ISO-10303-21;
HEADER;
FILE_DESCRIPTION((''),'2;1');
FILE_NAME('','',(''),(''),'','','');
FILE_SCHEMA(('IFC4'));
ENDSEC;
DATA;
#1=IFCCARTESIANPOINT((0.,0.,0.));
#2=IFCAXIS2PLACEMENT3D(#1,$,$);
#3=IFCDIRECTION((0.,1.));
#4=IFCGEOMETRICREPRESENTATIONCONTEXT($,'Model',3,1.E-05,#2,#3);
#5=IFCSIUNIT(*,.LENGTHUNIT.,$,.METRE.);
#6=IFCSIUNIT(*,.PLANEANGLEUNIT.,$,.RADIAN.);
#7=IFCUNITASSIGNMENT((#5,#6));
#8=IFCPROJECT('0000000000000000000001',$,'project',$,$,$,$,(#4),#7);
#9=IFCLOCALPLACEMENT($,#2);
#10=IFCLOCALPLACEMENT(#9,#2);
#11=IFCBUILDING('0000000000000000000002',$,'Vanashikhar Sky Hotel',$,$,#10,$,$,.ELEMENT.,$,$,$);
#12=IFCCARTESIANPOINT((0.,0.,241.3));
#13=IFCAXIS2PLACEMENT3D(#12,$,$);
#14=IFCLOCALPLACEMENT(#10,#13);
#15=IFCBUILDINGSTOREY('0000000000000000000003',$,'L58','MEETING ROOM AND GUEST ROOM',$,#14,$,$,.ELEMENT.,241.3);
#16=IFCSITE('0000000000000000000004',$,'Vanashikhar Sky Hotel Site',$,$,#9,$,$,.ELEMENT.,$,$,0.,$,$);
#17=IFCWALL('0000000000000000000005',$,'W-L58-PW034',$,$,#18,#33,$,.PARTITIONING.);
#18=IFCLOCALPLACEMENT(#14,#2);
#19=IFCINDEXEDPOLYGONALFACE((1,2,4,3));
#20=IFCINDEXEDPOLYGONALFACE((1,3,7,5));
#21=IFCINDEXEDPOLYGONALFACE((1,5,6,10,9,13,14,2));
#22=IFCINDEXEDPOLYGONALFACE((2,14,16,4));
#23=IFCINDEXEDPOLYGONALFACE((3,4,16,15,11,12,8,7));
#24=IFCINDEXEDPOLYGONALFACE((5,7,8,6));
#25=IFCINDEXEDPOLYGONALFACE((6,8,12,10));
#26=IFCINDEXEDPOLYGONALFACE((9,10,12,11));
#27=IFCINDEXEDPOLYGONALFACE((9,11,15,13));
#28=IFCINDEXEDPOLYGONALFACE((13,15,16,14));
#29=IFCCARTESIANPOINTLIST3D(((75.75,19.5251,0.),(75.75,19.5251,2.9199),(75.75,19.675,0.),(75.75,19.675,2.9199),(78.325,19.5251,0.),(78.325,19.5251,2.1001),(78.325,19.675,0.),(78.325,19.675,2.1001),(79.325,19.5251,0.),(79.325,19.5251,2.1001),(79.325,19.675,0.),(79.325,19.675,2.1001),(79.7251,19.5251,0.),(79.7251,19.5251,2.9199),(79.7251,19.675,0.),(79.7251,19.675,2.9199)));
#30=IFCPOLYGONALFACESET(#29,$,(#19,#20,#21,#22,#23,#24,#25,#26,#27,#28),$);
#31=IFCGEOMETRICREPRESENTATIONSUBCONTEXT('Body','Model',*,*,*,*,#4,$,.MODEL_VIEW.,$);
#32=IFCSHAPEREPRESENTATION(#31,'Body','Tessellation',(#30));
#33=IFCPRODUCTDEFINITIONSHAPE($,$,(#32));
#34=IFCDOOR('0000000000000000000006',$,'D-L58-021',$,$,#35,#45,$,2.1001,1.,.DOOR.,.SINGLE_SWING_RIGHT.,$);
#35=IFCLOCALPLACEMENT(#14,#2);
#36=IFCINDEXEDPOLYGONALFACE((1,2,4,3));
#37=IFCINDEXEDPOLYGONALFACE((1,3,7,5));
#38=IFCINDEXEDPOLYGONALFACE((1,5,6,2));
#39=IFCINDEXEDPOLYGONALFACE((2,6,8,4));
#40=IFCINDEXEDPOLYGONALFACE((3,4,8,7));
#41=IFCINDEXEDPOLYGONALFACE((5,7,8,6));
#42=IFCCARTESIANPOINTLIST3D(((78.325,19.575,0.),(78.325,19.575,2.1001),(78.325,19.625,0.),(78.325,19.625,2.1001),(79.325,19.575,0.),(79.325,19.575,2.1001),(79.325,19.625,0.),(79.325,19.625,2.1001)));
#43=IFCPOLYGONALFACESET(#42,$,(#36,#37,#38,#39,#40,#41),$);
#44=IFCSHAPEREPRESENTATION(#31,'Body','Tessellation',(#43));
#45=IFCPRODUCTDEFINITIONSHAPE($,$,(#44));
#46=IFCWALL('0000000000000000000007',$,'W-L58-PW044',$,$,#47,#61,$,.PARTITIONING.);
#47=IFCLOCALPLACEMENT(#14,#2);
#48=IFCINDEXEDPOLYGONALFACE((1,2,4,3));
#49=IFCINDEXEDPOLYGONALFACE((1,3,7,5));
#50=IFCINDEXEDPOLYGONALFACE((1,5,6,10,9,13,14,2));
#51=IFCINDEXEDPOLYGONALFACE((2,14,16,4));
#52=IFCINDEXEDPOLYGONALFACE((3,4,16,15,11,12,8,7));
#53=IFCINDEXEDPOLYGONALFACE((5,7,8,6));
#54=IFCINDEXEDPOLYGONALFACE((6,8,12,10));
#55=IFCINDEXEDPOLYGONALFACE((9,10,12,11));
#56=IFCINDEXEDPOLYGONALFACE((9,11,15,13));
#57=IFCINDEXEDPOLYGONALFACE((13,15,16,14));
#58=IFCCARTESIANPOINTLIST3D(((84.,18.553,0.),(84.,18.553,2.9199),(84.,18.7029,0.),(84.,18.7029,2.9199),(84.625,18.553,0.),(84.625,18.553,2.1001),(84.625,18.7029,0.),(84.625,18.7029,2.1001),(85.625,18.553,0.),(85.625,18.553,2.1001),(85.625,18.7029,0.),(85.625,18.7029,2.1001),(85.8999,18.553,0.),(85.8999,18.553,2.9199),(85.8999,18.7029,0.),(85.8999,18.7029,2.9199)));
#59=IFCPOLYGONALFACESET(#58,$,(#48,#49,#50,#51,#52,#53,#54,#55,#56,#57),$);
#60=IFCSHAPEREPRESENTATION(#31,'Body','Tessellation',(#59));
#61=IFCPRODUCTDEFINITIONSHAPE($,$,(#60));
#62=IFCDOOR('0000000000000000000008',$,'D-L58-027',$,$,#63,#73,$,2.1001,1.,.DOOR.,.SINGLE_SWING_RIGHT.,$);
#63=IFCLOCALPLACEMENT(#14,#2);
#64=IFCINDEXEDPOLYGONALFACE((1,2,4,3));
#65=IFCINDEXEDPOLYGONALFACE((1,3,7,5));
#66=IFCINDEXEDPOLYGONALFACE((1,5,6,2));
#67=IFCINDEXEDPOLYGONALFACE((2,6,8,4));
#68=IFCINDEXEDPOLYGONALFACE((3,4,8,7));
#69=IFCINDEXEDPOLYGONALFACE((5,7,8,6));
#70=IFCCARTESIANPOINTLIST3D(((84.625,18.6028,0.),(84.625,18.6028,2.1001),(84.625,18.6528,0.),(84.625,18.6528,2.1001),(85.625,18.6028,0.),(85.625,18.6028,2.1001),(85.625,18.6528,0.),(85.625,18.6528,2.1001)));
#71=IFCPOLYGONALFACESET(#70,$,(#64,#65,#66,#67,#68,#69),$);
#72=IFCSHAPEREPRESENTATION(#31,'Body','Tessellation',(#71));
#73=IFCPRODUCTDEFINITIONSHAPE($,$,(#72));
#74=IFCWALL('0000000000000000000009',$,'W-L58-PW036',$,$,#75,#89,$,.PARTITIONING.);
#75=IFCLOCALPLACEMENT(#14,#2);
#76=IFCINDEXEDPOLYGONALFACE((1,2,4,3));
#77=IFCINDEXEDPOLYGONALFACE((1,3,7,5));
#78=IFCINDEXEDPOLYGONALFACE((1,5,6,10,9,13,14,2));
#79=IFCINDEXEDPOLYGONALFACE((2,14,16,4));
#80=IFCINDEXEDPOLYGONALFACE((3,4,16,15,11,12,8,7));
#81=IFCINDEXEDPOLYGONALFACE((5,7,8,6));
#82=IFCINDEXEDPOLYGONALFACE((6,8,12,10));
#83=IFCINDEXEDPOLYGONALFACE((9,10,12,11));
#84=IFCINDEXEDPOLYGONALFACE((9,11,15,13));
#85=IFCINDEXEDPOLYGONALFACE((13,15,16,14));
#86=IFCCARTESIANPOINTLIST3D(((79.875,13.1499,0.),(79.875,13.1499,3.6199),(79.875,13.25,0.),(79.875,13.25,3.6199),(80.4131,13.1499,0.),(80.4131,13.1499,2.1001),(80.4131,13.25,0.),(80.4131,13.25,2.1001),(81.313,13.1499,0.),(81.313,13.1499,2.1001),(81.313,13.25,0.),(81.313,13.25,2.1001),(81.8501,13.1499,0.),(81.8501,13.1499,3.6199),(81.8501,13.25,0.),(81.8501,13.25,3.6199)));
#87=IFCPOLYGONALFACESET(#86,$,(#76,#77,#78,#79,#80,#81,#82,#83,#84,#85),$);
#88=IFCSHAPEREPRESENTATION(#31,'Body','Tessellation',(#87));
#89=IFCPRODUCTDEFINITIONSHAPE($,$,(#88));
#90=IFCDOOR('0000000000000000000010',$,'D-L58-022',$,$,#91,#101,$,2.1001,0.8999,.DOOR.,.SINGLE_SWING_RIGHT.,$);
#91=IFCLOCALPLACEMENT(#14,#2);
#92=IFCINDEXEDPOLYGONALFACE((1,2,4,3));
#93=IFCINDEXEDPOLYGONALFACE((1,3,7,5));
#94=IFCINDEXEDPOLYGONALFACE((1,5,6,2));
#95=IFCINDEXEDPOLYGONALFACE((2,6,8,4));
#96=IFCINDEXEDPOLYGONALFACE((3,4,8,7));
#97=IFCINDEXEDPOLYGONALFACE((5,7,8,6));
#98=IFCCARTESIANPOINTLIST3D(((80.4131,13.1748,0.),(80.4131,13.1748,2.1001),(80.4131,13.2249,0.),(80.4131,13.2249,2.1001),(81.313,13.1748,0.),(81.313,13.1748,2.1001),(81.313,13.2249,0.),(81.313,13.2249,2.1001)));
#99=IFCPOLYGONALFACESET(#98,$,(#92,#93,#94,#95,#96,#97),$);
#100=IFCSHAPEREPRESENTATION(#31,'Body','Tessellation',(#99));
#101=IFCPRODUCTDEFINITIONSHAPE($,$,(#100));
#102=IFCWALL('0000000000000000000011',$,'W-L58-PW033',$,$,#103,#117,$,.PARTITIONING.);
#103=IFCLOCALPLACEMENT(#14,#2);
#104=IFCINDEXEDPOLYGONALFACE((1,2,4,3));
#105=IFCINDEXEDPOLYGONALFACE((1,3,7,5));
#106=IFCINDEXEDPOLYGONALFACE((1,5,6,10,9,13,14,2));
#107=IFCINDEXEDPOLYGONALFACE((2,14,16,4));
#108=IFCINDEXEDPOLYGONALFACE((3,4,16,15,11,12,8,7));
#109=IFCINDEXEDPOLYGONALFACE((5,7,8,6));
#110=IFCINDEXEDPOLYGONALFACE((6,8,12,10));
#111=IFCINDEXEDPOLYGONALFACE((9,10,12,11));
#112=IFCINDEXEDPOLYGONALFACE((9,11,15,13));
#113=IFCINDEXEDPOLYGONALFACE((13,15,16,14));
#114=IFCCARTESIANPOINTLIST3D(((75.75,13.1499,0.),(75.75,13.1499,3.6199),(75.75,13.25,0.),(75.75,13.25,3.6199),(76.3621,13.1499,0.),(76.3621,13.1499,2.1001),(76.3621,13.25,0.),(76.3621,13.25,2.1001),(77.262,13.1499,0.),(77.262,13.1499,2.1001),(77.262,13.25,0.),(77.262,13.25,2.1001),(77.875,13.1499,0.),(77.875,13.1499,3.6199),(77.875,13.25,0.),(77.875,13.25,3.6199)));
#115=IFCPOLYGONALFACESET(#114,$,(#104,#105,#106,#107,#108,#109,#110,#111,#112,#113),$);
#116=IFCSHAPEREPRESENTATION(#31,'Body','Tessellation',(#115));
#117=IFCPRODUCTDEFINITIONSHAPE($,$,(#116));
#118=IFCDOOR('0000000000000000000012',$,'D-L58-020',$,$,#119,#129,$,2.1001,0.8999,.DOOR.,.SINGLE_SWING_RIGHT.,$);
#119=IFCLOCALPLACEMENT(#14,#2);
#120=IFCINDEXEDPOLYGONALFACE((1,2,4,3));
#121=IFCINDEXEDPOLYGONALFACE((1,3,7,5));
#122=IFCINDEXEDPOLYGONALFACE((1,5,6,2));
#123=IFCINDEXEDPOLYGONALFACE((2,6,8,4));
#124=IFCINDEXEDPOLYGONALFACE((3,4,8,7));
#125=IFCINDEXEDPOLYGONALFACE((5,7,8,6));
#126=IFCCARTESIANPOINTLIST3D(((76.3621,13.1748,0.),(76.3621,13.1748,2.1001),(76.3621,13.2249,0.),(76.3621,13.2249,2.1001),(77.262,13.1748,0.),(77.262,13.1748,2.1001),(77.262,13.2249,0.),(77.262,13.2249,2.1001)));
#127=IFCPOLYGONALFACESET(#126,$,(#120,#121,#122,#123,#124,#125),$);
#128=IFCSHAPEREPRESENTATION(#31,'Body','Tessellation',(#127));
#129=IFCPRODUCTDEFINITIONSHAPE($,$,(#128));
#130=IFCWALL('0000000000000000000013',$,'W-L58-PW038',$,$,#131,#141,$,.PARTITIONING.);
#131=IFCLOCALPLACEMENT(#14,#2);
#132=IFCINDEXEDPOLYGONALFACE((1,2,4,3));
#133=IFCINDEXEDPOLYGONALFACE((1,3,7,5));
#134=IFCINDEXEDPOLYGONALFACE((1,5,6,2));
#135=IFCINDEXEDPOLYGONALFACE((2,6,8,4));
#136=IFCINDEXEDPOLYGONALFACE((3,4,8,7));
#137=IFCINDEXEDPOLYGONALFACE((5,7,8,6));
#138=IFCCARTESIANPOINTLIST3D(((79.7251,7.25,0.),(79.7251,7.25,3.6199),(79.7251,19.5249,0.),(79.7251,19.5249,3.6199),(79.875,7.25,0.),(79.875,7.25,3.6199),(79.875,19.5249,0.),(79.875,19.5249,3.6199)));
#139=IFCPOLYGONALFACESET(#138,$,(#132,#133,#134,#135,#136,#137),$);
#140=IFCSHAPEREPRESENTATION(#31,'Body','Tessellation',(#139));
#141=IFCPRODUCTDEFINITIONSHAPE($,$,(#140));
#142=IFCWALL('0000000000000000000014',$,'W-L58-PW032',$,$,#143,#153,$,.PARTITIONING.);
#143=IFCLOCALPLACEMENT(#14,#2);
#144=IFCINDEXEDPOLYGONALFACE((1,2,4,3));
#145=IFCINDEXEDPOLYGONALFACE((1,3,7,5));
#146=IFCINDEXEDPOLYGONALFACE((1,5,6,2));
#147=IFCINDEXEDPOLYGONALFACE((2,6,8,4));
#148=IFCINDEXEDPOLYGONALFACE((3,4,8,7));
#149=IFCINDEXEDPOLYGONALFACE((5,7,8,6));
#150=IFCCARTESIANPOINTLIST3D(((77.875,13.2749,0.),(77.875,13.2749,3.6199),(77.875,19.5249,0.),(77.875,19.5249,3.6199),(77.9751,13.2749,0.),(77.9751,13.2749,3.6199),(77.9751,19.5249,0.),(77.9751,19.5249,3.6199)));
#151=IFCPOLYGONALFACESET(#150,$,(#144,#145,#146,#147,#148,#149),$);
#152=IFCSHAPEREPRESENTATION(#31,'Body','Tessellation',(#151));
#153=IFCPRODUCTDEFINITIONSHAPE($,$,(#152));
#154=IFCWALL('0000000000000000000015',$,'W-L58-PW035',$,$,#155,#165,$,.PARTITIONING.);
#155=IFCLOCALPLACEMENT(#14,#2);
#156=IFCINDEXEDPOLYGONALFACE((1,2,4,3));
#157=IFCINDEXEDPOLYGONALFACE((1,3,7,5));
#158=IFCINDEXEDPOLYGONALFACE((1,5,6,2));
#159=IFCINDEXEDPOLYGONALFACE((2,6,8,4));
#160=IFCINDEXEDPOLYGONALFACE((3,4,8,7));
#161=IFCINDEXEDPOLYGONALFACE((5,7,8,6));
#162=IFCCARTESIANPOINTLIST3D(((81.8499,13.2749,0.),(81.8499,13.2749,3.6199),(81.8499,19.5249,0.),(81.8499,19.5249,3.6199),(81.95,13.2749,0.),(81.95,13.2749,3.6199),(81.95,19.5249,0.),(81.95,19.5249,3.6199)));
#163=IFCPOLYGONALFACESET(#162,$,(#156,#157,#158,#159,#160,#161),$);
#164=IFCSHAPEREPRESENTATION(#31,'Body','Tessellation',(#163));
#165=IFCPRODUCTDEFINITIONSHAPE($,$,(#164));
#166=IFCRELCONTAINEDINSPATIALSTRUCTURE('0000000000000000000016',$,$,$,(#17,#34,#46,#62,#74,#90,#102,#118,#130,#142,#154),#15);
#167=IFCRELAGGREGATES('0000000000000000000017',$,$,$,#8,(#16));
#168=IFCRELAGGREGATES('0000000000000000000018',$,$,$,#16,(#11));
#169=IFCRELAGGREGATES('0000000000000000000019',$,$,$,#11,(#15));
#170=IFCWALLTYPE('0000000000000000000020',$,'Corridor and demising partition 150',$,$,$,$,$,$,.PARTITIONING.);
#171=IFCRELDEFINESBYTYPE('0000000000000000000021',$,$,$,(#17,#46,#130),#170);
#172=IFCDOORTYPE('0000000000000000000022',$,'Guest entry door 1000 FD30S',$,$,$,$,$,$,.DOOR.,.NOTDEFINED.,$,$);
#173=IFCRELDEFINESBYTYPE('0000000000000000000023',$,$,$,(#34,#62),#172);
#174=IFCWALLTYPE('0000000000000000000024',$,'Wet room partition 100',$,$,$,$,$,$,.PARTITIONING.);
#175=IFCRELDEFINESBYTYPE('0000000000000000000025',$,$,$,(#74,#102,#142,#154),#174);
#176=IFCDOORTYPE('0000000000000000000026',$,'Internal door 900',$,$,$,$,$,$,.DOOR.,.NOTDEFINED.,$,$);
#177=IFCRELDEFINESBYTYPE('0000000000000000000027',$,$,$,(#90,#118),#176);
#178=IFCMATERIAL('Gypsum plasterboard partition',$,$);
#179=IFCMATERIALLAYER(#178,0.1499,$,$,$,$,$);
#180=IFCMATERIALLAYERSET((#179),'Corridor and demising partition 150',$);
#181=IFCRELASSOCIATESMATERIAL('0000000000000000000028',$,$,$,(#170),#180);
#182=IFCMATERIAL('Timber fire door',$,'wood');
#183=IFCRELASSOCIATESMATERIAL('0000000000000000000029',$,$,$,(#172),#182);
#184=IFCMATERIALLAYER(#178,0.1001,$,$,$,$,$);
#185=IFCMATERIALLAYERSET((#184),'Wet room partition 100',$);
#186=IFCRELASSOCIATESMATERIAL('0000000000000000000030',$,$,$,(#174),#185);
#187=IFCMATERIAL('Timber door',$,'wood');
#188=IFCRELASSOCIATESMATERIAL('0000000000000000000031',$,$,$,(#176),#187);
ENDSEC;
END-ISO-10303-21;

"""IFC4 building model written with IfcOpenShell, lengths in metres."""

from ifc_helpers import new_model, si_unit, direction, frame, frame_2d, origin, place, context, subcontext, project, spatial, rectangle, extrude, source, transform, mapped, material, layer, layer_set, type_object, element, fill, save


model = new_model("IFC4")

# Units and contexts
model_context = context("Model", 3, precision=1e-05, world=origin(), true_north=direction((0.0, 1.0)))
body_context = subcontext(model_context, "Body", "Model", "MODEL_VIEW")
ifc_project = project(units=[si_unit("LENGTHUNIT", "METRE"), si_unit("PLANEANGLEUNIT", "RADIAN")], contexts=[model_context])

# Site, building, storey
site_placement = place(None, origin())
site = spatial("IfcSite", under=ifc_project, at=site_placement, Name="Vanashikhar Sky Hotel Site", CompositionType="ELEMENT", RefElevation=0.0)
building_placement = place(site_placement, origin())
building = spatial("IfcBuilding", under=site, at=building_placement, Name="Vanashikhar Sky Hotel", CompositionType="ELEMENT")
storey_placement = place(building_placement, frame((0.0, 0.0, 241.3)))
storey = spatial("IfcBuildingStorey", under=building, at=storey_placement, Name="L58", Description="MEETING ROOM AND GUEST ROOM", CompositionType="ELEMENT", Elevation=241.3)

# Walls, openings, doors
ifc_material_1 = material(Name="Gypsum plasterboard partition")
ifc_layer_1 = layer(ifc_material_1, 0.1499)
ifc_layer_set_1 = layer_set([ifc_layer_1], Name="Corridor and demising partition 150")
wall_type_1 = type_object("IfcWallType", Name="Corridor and demising partition 150", PredefinedType="PARTITIONING", material=ifc_layer_set_1)
shared_shape_1 = source(origin(), body_context, "Body", "SweptSolid", [
    extrude(rectangle(XDim=3.9751, YDim=0.1499, at=frame_2d((1.9875, 0.0))), origin(), (0.0, 0.0, 1.0), 2.9199),
])
wall_1_placement = place(storey_placement, frame((75.75, 19.6001, 0.0), z_axis=(0.0, 0.0, 1.0), x_axis=(1.0, 0.0, 0.0)))
wall_1 = element("IfcWall", 1, at=wall_1_placement, inside=storey, type_object=wall_type_1, Name="W-L58-PW034", PredefinedType="PARTITIONING", context=body_context, shape_type="MappedRepresentation", body=[
    mapped(shared_shape_1, transform((0.0, 0.0, 0.0), scale=1.0)),
])
shared_shape_2 = source(origin(), body_context, "Body", "SweptSolid", [
    extrude(rectangle(XDim=1.0, YDim=2.1001, at=frame_2d((0.5, 1.05))), frame((0.0, 0.085, 0.0), z_axis=(0.0, -1.0, 0.0), x_axis=(1.0, 0.0, 0.0)), (0.0, 0.0, 1.0), 0.1699),
])
opening_1_placement = place(wall_1_placement, frame((2.575, 0.0, 0.0)))
opening_1 = element("IfcOpeningElement", 2, at=opening_1_placement, cuts=wall_1, PredefinedType="OPENING", context=body_context, shape_type="MappedRepresentation", body=[
    mapped(shared_shape_2, transform((0.0, 0.0, 0.0), scale=1.0)),
])
ifc_material_2 = material(Name="Timber fire door", Category="wood")
door_type_1 = type_object("IfcDoorType", Name="Guest entry door 1000 FD30S", OperationType="NOTDEFINED", PredefinedType="DOOR", material=ifc_material_2)
shared_shape_3 = source(origin(), body_context, "Body", "SweptSolid", [
    extrude(rectangle(XDim=1.0, YDim=2.1001, at=frame_2d((0.5, 1.05))), frame((0.0, 0.0249, 0.0), z_axis=(0.0, -1.0, 0.0), x_axis=(1.0, 0.0, 0.0)), (0.0, 0.0, 1.0), 0.05),
])
door_1_placement = place(opening_1_placement, origin())
door_1 = element("IfcDoor", 3, at=door_1_placement, inside=storey, type_object=door_type_1, Name="D-L58-021", OperationType="SINGLE_SWING_RIGHT", OverallHeight=2.1001, OverallWidth=1.0, PredefinedType="DOOR", context=body_context, shape_type="MappedRepresentation", body=[
    mapped(shared_shape_3, transform((0.0, 0.0, 0.0), scale=1.0)),
])
fill(opening_1, door_1)
shared_shape_4 = source(origin(), body_context, "Body", "SweptSolid", [
    extrude(rectangle(XDim=1.8999, YDim=0.1499, at=frame_2d((0.95, 0.0))), origin(), (0.0, 0.0, 1.0), 2.9199),
])
wall_2_placement = place(storey_placement, frame((84.0, 18.6279, 0.0), z_axis=(0.0, 0.0, 1.0), x_axis=(1.0, 0.0, 0.0)))
wall_2 = element("IfcWall", 4, at=wall_2_placement, inside=storey, type_object=wall_type_1, Name="W-L58-PW044", PredefinedType="PARTITIONING", context=body_context, shape_type="MappedRepresentation", body=[
    mapped(shared_shape_4, transform((0.0, 0.0, 0.0), scale=1.0)),
])
opening_2_placement = place(wall_2_placement, frame((0.625, 0.0, 0.0)))
opening_2 = element("IfcOpeningElement", 5, at=opening_2_placement, cuts=wall_2, PredefinedType="OPENING", context=body_context, shape_type="MappedRepresentation", body=[
    mapped(shared_shape_2, transform((0.0, 0.0, 0.0), scale=1.0)),
])
door_2_placement = place(opening_2_placement, origin())
door_2 = element("IfcDoor", 6, at=door_2_placement, inside=storey, type_object=door_type_1, Name="D-L58-027", OperationType="SINGLE_SWING_RIGHT", OverallHeight=2.1001, OverallWidth=1.0, PredefinedType="DOOR", context=body_context, shape_type="MappedRepresentation", body=[
    mapped(shared_shape_3, transform((0.0, 0.0, 0.0), scale=1.0)),
])
fill(opening_2, door_2)
ifc_layer_2 = layer(ifc_material_1, 0.1001)
ifc_layer_set_2 = layer_set([ifc_layer_2], Name="Wet room partition 100")
wall_type_2 = type_object("IfcWallType", Name="Wet room partition 100", PredefinedType="PARTITIONING", material=ifc_layer_set_2)
shared_shape_5 = source(origin(), body_context, "Body", "SweptSolid", [
    extrude(rectangle(XDim=1.9751, YDim=0.1001, at=frame_2d((0.9875, 0.0))), origin(), (0.0, 0.0, 1.0), 3.6199),
])
wall_3_placement = place(storey_placement, frame((79.875, 13.2, 0.0), z_axis=(0.0, 0.0, 1.0), x_axis=(1.0, 0.0, 0.0)))
wall_3 = element("IfcWall", 7, at=wall_3_placement, inside=storey, type_object=wall_type_2, Name="W-L58-PW036", PredefinedType="PARTITIONING", context=body_context, shape_type="MappedRepresentation", body=[
    mapped(shared_shape_5, transform((0.0, 0.0, 0.0), scale=1.0)),
])
shared_shape_6 = source(origin(), body_context, "Body", "SweptSolid", [
    extrude(rectangle(XDim=0.8999, YDim=2.1001, at=frame_2d((0.45, 1.05))), frame((0.0, 0.0601, 0.0), z_axis=(0.0, -1.0, 0.0), x_axis=(1.0, 0.0, 0.0)), (0.0, 0.0, 1.0), 0.1201),
])
opening_3_placement = place(wall_3_placement, frame((0.5381, 0.0, 0.0)))
opening_3 = element("IfcOpeningElement", 8, at=opening_3_placement, cuts=wall_3, PredefinedType="OPENING", context=body_context, shape_type="MappedRepresentation", body=[
    mapped(shared_shape_6, transform((0.0, 0.0, 0.0), scale=1.0)),
])
ifc_material_3 = material(Name="Timber door", Category="wood")
door_type_2 = type_object("IfcDoorType", Name="Internal door 900", OperationType="NOTDEFINED", PredefinedType="DOOR", material=ifc_material_3)
shared_shape_7 = source(origin(), body_context, "Body", "SweptSolid", [
    extrude(rectangle(XDim=0.8999, YDim=2.1001, at=frame_2d((0.45, 1.05))), frame((0.0, 0.0249, 0.0), z_axis=(0.0, -1.0, 0.0), x_axis=(1.0, 0.0, 0.0)), (0.0, 0.0, 1.0), 0.05),
])
door_3_placement = place(opening_3_placement, origin())
door_3 = element("IfcDoor", 9, at=door_3_placement, inside=storey, type_object=door_type_2, Name="D-L58-022", OperationType="SINGLE_SWING_RIGHT", OverallHeight=2.1001, OverallWidth=0.8999, PredefinedType="DOOR", context=body_context, shape_type="MappedRepresentation", body=[
    mapped(shared_shape_7, transform((0.0, 0.0, 0.0), scale=1.0)),
])
fill(opening_3, door_3)
shared_shape_8 = source(origin(), body_context, "Body", "SweptSolid", [
    extrude(rectangle(XDim=2.125, YDim=0.1001, at=frame_2d((1.0625, 0.0))), origin(), (0.0, 0.0, 1.0), 3.6199),
])
wall_4_placement = place(storey_placement, frame((75.75, 13.2, 0.0), z_axis=(0.0, 0.0, 1.0), x_axis=(1.0, 0.0, 0.0)))
wall_4 = element("IfcWall", 10, at=wall_4_placement, inside=storey, type_object=wall_type_2, Name="W-L58-PW033", PredefinedType="PARTITIONING", context=body_context, shape_type="MappedRepresentation", body=[
    mapped(shared_shape_8, transform((0.0, 0.0, 0.0), scale=1.0)),
])
opening_4_placement = place(wall_4_placement, frame((0.6121, 0.0, 0.0)))
opening_4 = element("IfcOpeningElement", 11, at=opening_4_placement, cuts=wall_4, PredefinedType="OPENING", context=body_context, shape_type="MappedRepresentation", body=[
    mapped(shared_shape_6, transform((0.0, 0.0, 0.0), scale=1.0)),
])
door_4_placement = place(opening_4_placement, origin())
door_4 = element("IfcDoor", 12, at=door_4_placement, inside=storey, type_object=door_type_2, Name="D-L58-020", OperationType="SINGLE_SWING_RIGHT", OverallHeight=2.1001, OverallWidth=0.8999, PredefinedType="DOOR", context=body_context, shape_type="MappedRepresentation", body=[
    mapped(shared_shape_7, transform((0.0, 0.0, 0.0), scale=1.0)),
])
fill(opening_4, door_4)

# Walls
shared_shape_9 = source(origin(), body_context, "Body", "SweptSolid", [
    extrude(rectangle(XDim=12.2749, YDim=0.1499, at=frame_2d((6.1375, 0.0))), origin(), (0.0, 0.0, 1.0), 3.6199),
])
wall_5_placement = place(storey_placement, frame((79.8, 7.25, 0.0), z_axis=(0.0, 0.0, 1.0), x_axis=(0.0, 1.0, 0.0)))
element("IfcWall", 13, at=wall_5_placement, inside=storey, type_object=wall_type_1, Name="W-L58-PW038", PredefinedType="PARTITIONING", context=body_context, shape_type="MappedRepresentation", body=[
    mapped(shared_shape_9, transform((0.0, 0.0, 0.0), scale=1.0)),
])
shared_shape_10 = source(origin(), body_context, "Body", "SweptSolid", [
    extrude(rectangle(XDim=6.25, YDim=0.1001, at=frame_2d((3.125, 0.0))), origin(), (0.0, 0.0, 1.0), 3.6199),
])
for number, where, z_axis, x_axis, name in (
    (14, (77.925, 13.2749, 0.0), (0.0, 0.0, 1.0), (0.0, 1.0, 0.0), "W-L58-PW032"),
    (15, (81.8999, 13.2749, 0.0), (0.0, 0.0, 1.0), (0.0, 1.0, 0.0), "W-L58-PW035"),
):
    element("IfcWall", number, at=place(storey_placement, frame(where, z_axis=z_axis, x_axis=x_axis)), inside=storey, type_object=wall_type_2, Name=name, PredefinedType="PARTITIONING", context=body_context, shape_type="MappedRepresentation", body=[
        mapped(shared_shape_10, transform((0.0, 0.0, 0.0), scale=1.0)),
    ])

save(model, "model.ifc")
